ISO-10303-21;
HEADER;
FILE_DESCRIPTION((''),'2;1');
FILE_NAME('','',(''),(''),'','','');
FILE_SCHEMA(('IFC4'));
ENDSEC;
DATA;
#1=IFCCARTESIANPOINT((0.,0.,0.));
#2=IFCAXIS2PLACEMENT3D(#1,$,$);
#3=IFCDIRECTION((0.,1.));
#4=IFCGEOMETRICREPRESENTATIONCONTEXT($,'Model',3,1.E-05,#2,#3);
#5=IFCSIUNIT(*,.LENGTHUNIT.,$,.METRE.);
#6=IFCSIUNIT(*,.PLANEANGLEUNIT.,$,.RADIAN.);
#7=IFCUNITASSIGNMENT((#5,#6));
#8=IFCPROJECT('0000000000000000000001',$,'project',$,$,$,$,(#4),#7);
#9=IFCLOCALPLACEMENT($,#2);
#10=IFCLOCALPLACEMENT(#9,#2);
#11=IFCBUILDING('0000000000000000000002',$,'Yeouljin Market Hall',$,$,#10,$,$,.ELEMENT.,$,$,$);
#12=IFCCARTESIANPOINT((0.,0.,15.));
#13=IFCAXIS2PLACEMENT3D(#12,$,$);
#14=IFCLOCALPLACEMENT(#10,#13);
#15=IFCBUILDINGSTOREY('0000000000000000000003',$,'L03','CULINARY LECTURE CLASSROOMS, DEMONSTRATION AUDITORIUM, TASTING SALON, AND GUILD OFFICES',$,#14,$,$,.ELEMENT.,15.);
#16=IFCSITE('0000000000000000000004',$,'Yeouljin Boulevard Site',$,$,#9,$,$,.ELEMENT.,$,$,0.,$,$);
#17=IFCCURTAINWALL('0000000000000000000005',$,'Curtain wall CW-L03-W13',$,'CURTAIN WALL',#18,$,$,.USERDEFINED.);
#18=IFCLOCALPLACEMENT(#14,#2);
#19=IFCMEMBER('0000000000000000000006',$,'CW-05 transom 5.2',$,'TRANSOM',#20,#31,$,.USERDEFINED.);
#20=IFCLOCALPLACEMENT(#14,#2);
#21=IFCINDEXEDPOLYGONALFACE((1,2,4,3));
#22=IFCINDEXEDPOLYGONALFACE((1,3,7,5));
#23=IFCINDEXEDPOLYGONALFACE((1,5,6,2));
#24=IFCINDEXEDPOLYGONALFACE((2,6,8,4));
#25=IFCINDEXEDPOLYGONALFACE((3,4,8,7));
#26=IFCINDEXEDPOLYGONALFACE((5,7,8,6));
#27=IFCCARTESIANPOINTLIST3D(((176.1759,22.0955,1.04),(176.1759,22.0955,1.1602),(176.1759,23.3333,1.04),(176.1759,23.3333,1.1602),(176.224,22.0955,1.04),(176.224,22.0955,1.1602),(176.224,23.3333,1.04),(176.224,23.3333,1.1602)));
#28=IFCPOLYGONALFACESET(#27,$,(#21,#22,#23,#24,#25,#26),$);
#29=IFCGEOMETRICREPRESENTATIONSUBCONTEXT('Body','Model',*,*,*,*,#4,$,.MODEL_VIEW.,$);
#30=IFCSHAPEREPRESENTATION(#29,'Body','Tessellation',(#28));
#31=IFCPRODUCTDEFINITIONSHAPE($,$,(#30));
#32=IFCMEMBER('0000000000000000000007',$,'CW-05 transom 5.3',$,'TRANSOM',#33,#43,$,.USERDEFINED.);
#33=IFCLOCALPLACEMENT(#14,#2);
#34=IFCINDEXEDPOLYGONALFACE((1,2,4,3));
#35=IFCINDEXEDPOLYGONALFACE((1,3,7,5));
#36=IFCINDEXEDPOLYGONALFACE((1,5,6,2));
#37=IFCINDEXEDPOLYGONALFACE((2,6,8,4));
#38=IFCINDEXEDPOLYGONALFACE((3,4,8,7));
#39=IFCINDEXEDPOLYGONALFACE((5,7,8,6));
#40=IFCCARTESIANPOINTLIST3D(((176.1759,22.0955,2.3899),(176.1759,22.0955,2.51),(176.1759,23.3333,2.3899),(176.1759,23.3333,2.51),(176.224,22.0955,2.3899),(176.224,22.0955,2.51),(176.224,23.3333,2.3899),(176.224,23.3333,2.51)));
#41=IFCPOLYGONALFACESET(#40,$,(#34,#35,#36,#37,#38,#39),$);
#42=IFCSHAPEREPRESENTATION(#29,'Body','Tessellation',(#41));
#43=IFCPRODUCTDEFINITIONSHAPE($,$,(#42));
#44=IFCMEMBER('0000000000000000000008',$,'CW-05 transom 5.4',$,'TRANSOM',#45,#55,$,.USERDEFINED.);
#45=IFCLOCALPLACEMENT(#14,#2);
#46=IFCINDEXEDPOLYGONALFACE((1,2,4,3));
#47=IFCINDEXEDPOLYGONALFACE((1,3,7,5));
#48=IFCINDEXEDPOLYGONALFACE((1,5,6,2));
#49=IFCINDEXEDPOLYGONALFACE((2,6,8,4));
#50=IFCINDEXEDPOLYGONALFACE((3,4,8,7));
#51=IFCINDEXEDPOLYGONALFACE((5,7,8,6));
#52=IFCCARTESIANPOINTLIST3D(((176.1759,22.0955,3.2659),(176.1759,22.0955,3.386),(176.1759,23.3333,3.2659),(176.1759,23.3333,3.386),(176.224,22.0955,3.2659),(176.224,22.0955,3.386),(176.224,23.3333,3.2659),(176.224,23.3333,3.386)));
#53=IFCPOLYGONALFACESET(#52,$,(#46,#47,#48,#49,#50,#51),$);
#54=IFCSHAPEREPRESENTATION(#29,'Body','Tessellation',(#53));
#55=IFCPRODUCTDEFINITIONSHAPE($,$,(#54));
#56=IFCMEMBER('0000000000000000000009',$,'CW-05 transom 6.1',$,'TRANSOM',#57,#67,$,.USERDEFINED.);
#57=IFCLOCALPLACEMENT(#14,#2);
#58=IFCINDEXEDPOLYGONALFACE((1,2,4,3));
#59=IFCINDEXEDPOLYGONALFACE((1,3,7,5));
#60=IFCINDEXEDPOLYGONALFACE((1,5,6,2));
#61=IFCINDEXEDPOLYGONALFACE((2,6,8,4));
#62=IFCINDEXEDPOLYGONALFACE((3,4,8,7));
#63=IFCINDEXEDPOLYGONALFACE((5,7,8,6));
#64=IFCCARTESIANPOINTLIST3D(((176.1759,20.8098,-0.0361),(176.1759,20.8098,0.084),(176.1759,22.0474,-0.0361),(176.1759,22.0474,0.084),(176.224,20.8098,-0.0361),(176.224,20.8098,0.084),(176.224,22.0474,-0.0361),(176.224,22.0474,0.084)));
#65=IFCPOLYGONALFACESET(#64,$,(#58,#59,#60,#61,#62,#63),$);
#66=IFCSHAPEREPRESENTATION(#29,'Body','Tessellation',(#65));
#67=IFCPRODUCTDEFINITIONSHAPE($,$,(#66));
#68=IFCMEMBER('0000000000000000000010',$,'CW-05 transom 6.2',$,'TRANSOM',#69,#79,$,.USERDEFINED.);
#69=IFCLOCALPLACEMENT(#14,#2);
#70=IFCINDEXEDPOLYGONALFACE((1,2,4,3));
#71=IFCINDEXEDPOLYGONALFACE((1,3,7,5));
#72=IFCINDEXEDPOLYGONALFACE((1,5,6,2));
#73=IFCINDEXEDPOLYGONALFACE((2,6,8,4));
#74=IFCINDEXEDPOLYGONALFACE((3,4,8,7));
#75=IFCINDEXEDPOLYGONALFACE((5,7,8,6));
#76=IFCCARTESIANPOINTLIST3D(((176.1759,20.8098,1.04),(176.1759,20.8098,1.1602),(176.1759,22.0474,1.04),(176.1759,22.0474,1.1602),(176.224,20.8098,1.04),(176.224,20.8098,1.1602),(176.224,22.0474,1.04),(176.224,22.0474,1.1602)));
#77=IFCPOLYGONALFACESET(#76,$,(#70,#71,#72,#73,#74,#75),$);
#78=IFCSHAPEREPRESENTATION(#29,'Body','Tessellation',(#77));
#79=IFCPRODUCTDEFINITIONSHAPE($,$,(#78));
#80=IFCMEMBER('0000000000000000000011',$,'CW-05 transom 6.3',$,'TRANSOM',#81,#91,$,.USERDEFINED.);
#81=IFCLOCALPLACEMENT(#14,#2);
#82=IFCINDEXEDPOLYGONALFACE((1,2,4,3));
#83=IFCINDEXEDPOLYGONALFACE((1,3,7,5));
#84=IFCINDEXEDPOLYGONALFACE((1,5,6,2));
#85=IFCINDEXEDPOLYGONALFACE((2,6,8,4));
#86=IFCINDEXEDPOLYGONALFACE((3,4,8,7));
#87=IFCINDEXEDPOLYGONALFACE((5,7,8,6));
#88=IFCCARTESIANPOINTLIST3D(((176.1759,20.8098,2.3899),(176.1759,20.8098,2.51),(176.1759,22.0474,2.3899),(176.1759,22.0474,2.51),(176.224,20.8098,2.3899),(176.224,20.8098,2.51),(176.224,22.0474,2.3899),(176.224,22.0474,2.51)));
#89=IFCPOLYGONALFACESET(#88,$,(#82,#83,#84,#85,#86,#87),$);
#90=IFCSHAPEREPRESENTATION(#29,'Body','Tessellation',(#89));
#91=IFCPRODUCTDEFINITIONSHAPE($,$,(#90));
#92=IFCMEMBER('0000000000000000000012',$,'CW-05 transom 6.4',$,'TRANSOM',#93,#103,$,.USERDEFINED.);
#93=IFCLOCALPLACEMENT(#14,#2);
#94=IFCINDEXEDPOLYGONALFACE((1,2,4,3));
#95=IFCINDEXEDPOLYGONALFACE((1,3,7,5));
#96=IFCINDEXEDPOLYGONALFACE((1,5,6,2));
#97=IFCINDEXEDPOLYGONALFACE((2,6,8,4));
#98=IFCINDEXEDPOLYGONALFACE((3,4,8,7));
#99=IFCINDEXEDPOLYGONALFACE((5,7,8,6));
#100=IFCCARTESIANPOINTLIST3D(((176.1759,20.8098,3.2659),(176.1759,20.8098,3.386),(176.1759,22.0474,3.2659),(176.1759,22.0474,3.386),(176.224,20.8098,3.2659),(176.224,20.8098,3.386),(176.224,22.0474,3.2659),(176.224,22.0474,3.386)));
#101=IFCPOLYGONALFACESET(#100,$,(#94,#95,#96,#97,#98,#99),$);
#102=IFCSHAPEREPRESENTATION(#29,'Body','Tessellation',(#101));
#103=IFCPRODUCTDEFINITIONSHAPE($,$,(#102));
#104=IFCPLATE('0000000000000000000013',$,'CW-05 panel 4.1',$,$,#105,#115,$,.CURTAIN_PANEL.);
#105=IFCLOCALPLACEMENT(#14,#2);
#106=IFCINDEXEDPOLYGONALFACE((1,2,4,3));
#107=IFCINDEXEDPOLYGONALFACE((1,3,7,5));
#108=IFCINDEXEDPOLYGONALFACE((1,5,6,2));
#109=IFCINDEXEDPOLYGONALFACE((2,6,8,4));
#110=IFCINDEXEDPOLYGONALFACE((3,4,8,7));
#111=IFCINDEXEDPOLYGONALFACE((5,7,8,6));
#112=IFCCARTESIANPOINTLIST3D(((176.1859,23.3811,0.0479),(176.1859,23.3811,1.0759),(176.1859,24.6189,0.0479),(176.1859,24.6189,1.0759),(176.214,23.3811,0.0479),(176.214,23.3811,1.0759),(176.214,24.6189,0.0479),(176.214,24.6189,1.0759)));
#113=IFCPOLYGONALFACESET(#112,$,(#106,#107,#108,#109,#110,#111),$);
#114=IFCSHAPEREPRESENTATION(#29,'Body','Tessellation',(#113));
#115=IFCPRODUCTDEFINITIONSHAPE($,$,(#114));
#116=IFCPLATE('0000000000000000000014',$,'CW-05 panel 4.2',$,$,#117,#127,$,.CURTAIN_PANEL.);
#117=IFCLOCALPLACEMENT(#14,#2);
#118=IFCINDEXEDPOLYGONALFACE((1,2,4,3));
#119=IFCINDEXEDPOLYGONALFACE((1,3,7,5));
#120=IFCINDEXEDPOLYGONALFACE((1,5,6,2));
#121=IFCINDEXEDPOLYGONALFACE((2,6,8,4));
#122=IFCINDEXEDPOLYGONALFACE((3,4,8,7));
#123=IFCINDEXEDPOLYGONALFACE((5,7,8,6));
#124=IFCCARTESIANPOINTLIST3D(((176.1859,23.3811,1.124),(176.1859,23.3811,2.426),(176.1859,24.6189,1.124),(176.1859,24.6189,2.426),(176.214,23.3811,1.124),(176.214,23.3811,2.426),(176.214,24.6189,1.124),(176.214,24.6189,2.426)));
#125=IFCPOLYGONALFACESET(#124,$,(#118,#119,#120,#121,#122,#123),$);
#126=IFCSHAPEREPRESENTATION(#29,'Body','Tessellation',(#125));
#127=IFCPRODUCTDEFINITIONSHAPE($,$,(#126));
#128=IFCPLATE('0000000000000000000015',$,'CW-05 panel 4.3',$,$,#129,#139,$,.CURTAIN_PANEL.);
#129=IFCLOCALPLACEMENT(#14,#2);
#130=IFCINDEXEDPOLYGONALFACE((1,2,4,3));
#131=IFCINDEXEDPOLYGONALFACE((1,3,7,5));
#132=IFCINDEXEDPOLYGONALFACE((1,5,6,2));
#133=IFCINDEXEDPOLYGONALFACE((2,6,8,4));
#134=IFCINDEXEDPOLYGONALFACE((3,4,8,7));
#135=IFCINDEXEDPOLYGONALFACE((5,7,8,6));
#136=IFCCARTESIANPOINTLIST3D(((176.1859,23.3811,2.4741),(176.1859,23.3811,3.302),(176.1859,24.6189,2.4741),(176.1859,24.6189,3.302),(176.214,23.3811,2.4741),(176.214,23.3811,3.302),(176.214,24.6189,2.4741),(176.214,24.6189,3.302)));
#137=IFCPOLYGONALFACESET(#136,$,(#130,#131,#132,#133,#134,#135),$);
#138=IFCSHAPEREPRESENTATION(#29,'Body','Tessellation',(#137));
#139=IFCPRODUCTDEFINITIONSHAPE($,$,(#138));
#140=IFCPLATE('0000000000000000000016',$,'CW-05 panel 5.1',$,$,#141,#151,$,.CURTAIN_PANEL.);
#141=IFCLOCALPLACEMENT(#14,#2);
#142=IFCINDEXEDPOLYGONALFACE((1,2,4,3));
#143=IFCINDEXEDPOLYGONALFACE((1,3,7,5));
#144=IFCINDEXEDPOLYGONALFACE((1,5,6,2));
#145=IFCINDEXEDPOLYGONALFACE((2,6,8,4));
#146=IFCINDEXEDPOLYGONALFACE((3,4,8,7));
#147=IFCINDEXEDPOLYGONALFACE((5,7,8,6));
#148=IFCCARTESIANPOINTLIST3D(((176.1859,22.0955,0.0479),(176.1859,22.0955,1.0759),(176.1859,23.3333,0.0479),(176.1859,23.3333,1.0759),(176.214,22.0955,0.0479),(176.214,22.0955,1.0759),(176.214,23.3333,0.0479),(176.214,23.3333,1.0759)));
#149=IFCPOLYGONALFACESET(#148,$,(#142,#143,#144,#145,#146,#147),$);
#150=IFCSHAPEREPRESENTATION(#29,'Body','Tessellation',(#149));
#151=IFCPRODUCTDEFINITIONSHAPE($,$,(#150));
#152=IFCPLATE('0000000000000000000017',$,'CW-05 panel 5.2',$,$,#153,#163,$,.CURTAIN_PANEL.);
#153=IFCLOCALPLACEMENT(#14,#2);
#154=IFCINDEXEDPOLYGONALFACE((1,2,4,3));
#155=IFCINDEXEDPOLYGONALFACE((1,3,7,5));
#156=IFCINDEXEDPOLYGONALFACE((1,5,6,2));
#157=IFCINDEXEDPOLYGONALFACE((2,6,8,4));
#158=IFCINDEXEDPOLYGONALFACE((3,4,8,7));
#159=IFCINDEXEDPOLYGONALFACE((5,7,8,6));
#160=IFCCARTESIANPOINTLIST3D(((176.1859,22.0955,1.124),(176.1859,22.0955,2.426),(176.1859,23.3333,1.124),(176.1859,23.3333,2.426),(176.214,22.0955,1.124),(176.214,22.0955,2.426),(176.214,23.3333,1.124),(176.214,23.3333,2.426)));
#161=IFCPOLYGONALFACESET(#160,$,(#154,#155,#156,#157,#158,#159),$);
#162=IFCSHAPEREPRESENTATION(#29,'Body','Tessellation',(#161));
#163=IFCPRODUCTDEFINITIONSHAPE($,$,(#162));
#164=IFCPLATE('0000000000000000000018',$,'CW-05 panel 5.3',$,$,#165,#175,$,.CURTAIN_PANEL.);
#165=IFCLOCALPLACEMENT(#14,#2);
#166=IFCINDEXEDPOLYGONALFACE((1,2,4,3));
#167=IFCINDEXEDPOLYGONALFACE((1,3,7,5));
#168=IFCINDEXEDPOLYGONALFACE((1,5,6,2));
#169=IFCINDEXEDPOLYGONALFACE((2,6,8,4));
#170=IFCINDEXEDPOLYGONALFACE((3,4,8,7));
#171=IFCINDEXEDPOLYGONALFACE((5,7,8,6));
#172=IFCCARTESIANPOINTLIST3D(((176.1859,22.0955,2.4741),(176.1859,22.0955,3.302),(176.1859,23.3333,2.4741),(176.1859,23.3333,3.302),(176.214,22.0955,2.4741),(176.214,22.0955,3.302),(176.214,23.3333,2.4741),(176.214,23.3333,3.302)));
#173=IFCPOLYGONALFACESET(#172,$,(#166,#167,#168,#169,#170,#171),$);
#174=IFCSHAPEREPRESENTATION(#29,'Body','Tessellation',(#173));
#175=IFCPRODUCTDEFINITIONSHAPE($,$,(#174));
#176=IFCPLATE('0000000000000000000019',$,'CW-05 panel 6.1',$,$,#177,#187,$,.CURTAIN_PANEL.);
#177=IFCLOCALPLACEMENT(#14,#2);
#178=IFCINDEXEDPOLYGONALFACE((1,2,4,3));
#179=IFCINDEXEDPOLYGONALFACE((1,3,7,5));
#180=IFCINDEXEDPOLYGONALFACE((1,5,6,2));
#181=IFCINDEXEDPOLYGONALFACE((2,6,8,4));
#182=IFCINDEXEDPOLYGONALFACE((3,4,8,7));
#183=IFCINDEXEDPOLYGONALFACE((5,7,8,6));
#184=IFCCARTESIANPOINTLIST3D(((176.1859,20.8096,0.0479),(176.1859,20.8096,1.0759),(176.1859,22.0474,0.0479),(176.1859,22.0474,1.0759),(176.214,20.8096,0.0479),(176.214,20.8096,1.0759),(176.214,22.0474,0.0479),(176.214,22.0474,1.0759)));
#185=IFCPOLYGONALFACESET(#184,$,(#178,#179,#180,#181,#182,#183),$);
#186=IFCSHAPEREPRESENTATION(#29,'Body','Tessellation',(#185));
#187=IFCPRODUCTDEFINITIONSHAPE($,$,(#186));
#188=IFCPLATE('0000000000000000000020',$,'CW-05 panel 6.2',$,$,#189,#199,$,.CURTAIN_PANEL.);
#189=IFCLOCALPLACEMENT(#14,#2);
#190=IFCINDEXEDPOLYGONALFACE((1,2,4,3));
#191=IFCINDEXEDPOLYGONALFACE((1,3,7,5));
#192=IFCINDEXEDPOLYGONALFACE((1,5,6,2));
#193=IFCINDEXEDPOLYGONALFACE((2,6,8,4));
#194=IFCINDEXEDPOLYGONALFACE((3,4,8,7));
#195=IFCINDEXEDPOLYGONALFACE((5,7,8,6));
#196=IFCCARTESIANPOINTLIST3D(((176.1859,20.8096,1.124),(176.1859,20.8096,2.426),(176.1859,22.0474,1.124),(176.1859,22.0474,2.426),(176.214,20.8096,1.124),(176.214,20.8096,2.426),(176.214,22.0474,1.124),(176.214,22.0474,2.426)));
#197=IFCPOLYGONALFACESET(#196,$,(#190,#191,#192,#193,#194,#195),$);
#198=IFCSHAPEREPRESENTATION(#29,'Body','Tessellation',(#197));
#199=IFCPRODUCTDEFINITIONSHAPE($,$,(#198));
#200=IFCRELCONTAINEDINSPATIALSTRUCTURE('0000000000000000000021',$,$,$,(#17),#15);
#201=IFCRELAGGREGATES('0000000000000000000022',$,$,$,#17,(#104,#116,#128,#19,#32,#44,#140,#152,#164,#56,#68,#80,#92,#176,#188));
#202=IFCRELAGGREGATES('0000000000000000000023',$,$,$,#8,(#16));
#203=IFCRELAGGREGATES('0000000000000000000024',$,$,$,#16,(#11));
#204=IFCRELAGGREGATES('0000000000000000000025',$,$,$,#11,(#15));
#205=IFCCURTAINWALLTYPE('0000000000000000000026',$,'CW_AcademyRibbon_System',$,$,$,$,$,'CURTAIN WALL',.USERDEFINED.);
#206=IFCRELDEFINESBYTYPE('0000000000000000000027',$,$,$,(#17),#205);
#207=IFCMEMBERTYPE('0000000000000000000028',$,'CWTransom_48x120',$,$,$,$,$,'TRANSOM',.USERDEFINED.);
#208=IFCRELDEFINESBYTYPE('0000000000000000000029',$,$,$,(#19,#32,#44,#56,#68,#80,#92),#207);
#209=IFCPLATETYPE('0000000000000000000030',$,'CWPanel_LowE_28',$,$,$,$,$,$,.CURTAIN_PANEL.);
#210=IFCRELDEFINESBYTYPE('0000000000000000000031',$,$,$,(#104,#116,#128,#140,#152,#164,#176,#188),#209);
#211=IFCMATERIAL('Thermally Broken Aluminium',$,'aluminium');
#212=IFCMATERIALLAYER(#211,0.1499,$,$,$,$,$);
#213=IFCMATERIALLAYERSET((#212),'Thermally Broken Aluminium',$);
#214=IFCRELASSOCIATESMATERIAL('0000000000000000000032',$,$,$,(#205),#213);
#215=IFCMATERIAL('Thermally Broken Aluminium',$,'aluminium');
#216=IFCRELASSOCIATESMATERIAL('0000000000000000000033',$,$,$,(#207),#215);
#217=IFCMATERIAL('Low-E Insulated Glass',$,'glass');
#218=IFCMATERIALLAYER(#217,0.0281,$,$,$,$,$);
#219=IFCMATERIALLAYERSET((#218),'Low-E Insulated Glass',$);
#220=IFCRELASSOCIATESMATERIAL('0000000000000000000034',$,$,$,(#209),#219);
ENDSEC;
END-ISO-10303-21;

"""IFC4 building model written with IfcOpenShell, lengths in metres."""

from ifc_helpers import new_model, si_unit, direction, frame, origin, origin_2d, place, context, subcontext, project, spatial, rectangle, extrude, material, layer, layer_set, material_profile, profile_set, type_object, element, aggregate, save


model = new_model("IFC4")

# Units and contexts
model_context = context("Model", 3, precision=1e-05, world=origin(), true_north=direction((0.0, 1.0)))
body_context = subcontext(model_context, "Body", "Model", "MODEL_VIEW")
ifc_project = project(units=[si_unit("LENGTHUNIT", "METRE"), si_unit("PLANEANGLEUNIT", "RADIAN")], contexts=[model_context])

# Site, building, storey
site_placement = place(None, origin())
site = spatial("IfcSite", under=ifc_project, at=site_placement, Name="Yeouljin Boulevard Site", CompositionType="ELEMENT", RefElevation=0.0)
building_placement = place(site_placement, origin())
building = spatial("IfcBuilding", under=site, at=building_placement, Name="Yeouljin Market Hall", CompositionType="ELEMENT")
storey_placement = place(building_placement, frame((0.0, 0.0, 15.0)))
storey = spatial("IfcBuildingStorey", under=building, at=storey_placement, Name="L03", Description="CULINARY LECTURE CLASSROOMS, DEMONSTRATION AUDITORIUM, TASTING SALON, AND GUILD OFFICES", CompositionType="ELEMENT", Elevation=15.0)

# Curtain wall, members, plates
ifc_material_1 = material(Name="Thermally Broken Aluminium", Category="aluminium")
ifc_layer_1 = layer(ifc_material_1, 0.1499)
ifc_layer_set_1 = layer_set([ifc_layer_1], Name="Thermally Broken Aluminium")
curtain_wall_type = type_object("IfcCurtainWallType", Name="CW_AcademyRibbon_System", ElementType="CURTAIN WALL", PredefinedType="USERDEFINED", material=ifc_layer_set_1)
curtain_wall_placement = place(storey_placement, origin())
curtain_wall = element("IfcCurtainWall", 1, at=curtain_wall_placement, inside=storey, type_object=curtain_wall_type, Name="Curtain wall CW-L03-W13", ObjectType="CURTAIN WALL", PredefinedType="USERDEFINED")
ifc_material_2 = material(Name="Thermally Broken Aluminium", Category="aluminium")
ifc_material_profile_1 = material_profile(ifc_material_2, rectangle(XDim=0.0481, YDim=0.1201, at=origin_2d()), Name="CW-TRAN-48x120")
ifc_profile_set_1 = profile_set([ifc_material_profile_1], Name="Thermally Broken Aluminium")
member_type_1 = type_object("IfcMemberType", Name="CWTransom_48x120", ElementType="TRANSOM", PredefinedType="USERDEFINED", material=ifc_profile_set_1)
member_1_placement = place(storey_placement, frame((176.2, 23.3333, 1.1001), z_axis=(0.0, -1.0, 0.0), x_axis=(1.0, 0.0, 0.0)))
member_1 = element("IfcMember", 2, at=member_1_placement, type_object=member_type_1, Name="CW-05 transom 5.2", ObjectType="TRANSOM", PredefinedType="USERDEFINED", context=body_context, shape_type="SweptSolid", body=[
    extrude(rectangle(XDim=0.0481, YDim=0.1201, at=origin_2d()), origin(), (0.0, 0.0, 1.0), 1.2378),
])
member_2_placement = place(storey_placement, frame((176.2, 23.3333, 2.45), z_axis=(0.0, -1.0, 0.0), x_axis=(1.0, 0.0, 0.0)))
member_2 = element("IfcMember", 3, at=member_2_placement, type_object=member_type_1, Name="CW-05 transom 5.3", ObjectType="TRANSOM", PredefinedType="USERDEFINED", context=body_context, shape_type="SweptSolid", body=[
    extrude(rectangle(XDim=0.0481, YDim=0.1201, at=origin_2d()), origin(), (0.0, 0.0, 1.0), 1.2378),
])
member_3_placement = place(storey_placement, frame((176.2, 23.3333, 3.3259), z_axis=(0.0, -1.0, 0.0), x_axis=(1.0, 0.0, 0.0)))
member_3 = element("IfcMember", 4, at=member_3_placement, type_object=member_type_1, Name="CW-05 transom 5.4", ObjectType="TRANSOM", PredefinedType="USERDEFINED", context=body_context, shape_type="SweptSolid", body=[
    extrude(rectangle(XDim=0.0481, YDim=0.1201, at=origin_2d()), origin(), (0.0, 0.0, 1.0), 1.2378),
])
member_4_placement = place(storey_placement, frame((176.2, 22.0474, 0.0239), z_axis=(0.0, -1.0, 0.0), x_axis=(1.0, 0.0, 0.0)))
member_4 = element("IfcMember", 5, at=member_4_placement, type_object=member_type_1, Name="CW-05 transom 6.1", ObjectType="TRANSOM", PredefinedType="USERDEFINED", context=body_context, shape_type="SweptSolid", body=[
    extrude(rectangle(XDim=0.0481, YDim=0.1201, at=origin_2d()), origin(), (0.0, 0.0, 1.0), 1.2375),
])
member_5_placement = place(storey_placement, frame((176.2, 22.0474, 1.1001), z_axis=(0.0, -1.0, 0.0), x_axis=(1.0, 0.0, 0.0)))
member_5 = element("IfcMember", 6, at=member_5_placement, type_object=member_type_1, Name="CW-05 transom 6.2", ObjectType="TRANSOM", PredefinedType="USERDEFINED", context=body_context, shape_type="SweptSolid", body=[
    extrude(rectangle(XDim=0.0481, YDim=0.1201, at=origin_2d()), origin(), (0.0, 0.0, 1.0), 1.2375),
])
member_6_placement = place(storey_placement, frame((176.2, 22.0474, 2.45), z_axis=(0.0, -1.0, 0.0), x_axis=(1.0, 0.0, 0.0)))
member_6 = element("IfcMember", 7, at=member_6_placement, type_object=member_type_1, Name="CW-05 transom 6.3", ObjectType="TRANSOM", PredefinedType="USERDEFINED", context=body_context, shape_type="SweptSolid", body=[
    extrude(rectangle(XDim=0.0481, YDim=0.1201, at=origin_2d()), origin(), (0.0, 0.0, 1.0), 1.2375),
])
member_7_placement = place(storey_placement, frame((176.2, 22.0474, 3.3259), z_axis=(0.0, -1.0, 0.0), x_axis=(1.0, 0.0, 0.0)))
member_7 = element("IfcMember", 8, at=member_7_placement, type_object=member_type_1, Name="CW-05 transom 6.4", ObjectType="TRANSOM", PredefinedType="USERDEFINED", context=body_context, shape_type="SweptSolid", body=[
    extrude(rectangle(XDim=0.0481, YDim=0.1201, at=origin_2d()), origin(), (0.0, 0.0, 1.0), 1.2375),
])
ifc_material_3 = material(Name="Low-E Insulated Glass", Category="glass")
ifc_layer_2 = layer(ifc_material_3, 0.0281)
ifc_layer_set_2 = layer_set([ifc_layer_2], Name="Low-E Insulated Glass")
plate_type = type_object("IfcPlateType", Name="CWPanel_LowE_28", PredefinedType="CURTAIN_PANEL", material=ifc_layer_set_2)
plate_1_placement = place(storey_placement, frame((176.2, 24.0, 0.0479), z_axis=(0.0, 0.0, 1.0), x_axis=(0.0, -1.0, 0.0)))
plate_1 = element("IfcPlate", 9, at=plate_1_placement, type_object=plate_type, Name="CW-05 panel 4.1", PredefinedType="CURTAIN_PANEL", context=body_context, shape_type="SweptSolid", body=[
    extrude(rectangle(XDim=1.2378, YDim=0.0281, at=origin_2d()), origin(), (0.0, 0.0, 1.0), 1.0281),
])
plate_2_placement = place(storey_placement, frame((176.2, 24.0, 1.124), z_axis=(0.0, 0.0, 1.0), x_axis=(0.0, -1.0, 0.0)))
plate_2 = element("IfcPlate", 10, at=plate_2_placement, type_object=plate_type, Name="CW-05 panel 4.2", PredefinedType="CURTAIN_PANEL", context=body_context, shape_type="SweptSolid", body=[
    extrude(rectangle(XDim=1.2378, YDim=0.0281, at=origin_2d()), origin(), (0.0, 0.0, 1.0), 1.302),
])
plate_3_placement = place(storey_placement, frame((176.2, 24.0, 2.4741), z_axis=(0.0, 0.0, 1.0), x_axis=(0.0, -1.0, 0.0)))
plate_3 = element("IfcPlate", 11, at=plate_3_placement, type_object=plate_type, Name="CW-05 panel 4.3", PredefinedType="CURTAIN_PANEL", context=body_context, shape_type="SweptSolid", body=[
    extrude(rectangle(XDim=1.2378, YDim=0.0281, at=origin_2d()), origin(), (0.0, 0.0, 1.0), 0.8279),
])
plate_4_placement = place(storey_placement, frame((176.2, 22.7144, 0.0479), z_axis=(0.0, 0.0, 1.0), x_axis=(0.0, -1.0, 0.0)))
plate_4 = element("IfcPlate", 12, at=plate_4_placement, type_object=plate_type, Name="CW-05 panel 5.1", PredefinedType="CURTAIN_PANEL", context=body_context, shape_type="SweptSolid", body=[
    extrude(rectangle(XDim=1.2378, YDim=0.0281, at=origin_2d()), origin(), (0.0, 0.0, 1.0), 1.0281),
])
plate_5_placement = place(storey_placement, frame((176.2, 22.7144, 1.124), z_axis=(0.0, 0.0, 1.0), x_axis=(0.0, -1.0, 0.0)))
plate_5 = element("IfcPlate", 13, at=plate_5_placement, type_object=plate_type, Name="CW-05 panel 5.2", PredefinedType="CURTAIN_PANEL", context=body_context, shape_type="SweptSolid", body=[
    extrude(rectangle(XDim=1.2378, YDim=0.0281, at=origin_2d()), origin(), (0.0, 0.0, 1.0), 1.302),
])
plate_6_placement = place(storey_placement, frame((176.2, 22.7144, 2.4741), z_axis=(0.0, 0.0, 1.0), x_axis=(0.0, -1.0, 0.0)))
plate_6 = element("IfcPlate", 14, at=plate_6_placement, type_object=plate_type, Name="CW-05 panel 5.3", PredefinedType="CURTAIN_PANEL", context=body_context, shape_type="SweptSolid", body=[
    extrude(rectangle(XDim=1.2378, YDim=0.0281, at=origin_2d()), origin(), (0.0, 0.0, 1.0), 0.8279),
])
plate_7_placement = place(storey_placement, frame((176.2, 21.4285, 0.0479), z_axis=(0.0, 0.0, 1.0), x_axis=(0.0, -1.0, 0.0)))
plate_7 = element("IfcPlate", 15, at=plate_7_placement, type_object=plate_type, Name="CW-05 panel 6.1", PredefinedType="CURTAIN_PANEL", context=body_context, shape_type="SweptSolid", body=[
    extrude(rectangle(XDim=1.2378, YDim=0.0281, at=origin_2d()), origin(), (0.0, 0.0, 1.0), 1.0281),
])
plate_8_placement = place(storey_placement, frame((176.2, 21.4285, 1.124), z_axis=(0.0, 0.0, 1.0), x_axis=(0.0, -1.0, 0.0)))
plate_8 = element("IfcPlate", 16, at=plate_8_placement, type_object=plate_type, Name="CW-05 panel 6.2", PredefinedType="CURTAIN_PANEL", context=body_context, shape_type="SweptSolid", body=[
    extrude(rectangle(XDim=1.2378, YDim=0.0281, at=origin_2d()), origin(), (0.0, 0.0, 1.0), 1.302),
])
aggregate(curtain_wall, [plate_1, plate_2, plate_3, member_1, member_2, member_3, plate_4, plate_5, plate_6, member_4, member_5, member_6, member_7, plate_7, plate_8])

save(model, "model.ifc")
